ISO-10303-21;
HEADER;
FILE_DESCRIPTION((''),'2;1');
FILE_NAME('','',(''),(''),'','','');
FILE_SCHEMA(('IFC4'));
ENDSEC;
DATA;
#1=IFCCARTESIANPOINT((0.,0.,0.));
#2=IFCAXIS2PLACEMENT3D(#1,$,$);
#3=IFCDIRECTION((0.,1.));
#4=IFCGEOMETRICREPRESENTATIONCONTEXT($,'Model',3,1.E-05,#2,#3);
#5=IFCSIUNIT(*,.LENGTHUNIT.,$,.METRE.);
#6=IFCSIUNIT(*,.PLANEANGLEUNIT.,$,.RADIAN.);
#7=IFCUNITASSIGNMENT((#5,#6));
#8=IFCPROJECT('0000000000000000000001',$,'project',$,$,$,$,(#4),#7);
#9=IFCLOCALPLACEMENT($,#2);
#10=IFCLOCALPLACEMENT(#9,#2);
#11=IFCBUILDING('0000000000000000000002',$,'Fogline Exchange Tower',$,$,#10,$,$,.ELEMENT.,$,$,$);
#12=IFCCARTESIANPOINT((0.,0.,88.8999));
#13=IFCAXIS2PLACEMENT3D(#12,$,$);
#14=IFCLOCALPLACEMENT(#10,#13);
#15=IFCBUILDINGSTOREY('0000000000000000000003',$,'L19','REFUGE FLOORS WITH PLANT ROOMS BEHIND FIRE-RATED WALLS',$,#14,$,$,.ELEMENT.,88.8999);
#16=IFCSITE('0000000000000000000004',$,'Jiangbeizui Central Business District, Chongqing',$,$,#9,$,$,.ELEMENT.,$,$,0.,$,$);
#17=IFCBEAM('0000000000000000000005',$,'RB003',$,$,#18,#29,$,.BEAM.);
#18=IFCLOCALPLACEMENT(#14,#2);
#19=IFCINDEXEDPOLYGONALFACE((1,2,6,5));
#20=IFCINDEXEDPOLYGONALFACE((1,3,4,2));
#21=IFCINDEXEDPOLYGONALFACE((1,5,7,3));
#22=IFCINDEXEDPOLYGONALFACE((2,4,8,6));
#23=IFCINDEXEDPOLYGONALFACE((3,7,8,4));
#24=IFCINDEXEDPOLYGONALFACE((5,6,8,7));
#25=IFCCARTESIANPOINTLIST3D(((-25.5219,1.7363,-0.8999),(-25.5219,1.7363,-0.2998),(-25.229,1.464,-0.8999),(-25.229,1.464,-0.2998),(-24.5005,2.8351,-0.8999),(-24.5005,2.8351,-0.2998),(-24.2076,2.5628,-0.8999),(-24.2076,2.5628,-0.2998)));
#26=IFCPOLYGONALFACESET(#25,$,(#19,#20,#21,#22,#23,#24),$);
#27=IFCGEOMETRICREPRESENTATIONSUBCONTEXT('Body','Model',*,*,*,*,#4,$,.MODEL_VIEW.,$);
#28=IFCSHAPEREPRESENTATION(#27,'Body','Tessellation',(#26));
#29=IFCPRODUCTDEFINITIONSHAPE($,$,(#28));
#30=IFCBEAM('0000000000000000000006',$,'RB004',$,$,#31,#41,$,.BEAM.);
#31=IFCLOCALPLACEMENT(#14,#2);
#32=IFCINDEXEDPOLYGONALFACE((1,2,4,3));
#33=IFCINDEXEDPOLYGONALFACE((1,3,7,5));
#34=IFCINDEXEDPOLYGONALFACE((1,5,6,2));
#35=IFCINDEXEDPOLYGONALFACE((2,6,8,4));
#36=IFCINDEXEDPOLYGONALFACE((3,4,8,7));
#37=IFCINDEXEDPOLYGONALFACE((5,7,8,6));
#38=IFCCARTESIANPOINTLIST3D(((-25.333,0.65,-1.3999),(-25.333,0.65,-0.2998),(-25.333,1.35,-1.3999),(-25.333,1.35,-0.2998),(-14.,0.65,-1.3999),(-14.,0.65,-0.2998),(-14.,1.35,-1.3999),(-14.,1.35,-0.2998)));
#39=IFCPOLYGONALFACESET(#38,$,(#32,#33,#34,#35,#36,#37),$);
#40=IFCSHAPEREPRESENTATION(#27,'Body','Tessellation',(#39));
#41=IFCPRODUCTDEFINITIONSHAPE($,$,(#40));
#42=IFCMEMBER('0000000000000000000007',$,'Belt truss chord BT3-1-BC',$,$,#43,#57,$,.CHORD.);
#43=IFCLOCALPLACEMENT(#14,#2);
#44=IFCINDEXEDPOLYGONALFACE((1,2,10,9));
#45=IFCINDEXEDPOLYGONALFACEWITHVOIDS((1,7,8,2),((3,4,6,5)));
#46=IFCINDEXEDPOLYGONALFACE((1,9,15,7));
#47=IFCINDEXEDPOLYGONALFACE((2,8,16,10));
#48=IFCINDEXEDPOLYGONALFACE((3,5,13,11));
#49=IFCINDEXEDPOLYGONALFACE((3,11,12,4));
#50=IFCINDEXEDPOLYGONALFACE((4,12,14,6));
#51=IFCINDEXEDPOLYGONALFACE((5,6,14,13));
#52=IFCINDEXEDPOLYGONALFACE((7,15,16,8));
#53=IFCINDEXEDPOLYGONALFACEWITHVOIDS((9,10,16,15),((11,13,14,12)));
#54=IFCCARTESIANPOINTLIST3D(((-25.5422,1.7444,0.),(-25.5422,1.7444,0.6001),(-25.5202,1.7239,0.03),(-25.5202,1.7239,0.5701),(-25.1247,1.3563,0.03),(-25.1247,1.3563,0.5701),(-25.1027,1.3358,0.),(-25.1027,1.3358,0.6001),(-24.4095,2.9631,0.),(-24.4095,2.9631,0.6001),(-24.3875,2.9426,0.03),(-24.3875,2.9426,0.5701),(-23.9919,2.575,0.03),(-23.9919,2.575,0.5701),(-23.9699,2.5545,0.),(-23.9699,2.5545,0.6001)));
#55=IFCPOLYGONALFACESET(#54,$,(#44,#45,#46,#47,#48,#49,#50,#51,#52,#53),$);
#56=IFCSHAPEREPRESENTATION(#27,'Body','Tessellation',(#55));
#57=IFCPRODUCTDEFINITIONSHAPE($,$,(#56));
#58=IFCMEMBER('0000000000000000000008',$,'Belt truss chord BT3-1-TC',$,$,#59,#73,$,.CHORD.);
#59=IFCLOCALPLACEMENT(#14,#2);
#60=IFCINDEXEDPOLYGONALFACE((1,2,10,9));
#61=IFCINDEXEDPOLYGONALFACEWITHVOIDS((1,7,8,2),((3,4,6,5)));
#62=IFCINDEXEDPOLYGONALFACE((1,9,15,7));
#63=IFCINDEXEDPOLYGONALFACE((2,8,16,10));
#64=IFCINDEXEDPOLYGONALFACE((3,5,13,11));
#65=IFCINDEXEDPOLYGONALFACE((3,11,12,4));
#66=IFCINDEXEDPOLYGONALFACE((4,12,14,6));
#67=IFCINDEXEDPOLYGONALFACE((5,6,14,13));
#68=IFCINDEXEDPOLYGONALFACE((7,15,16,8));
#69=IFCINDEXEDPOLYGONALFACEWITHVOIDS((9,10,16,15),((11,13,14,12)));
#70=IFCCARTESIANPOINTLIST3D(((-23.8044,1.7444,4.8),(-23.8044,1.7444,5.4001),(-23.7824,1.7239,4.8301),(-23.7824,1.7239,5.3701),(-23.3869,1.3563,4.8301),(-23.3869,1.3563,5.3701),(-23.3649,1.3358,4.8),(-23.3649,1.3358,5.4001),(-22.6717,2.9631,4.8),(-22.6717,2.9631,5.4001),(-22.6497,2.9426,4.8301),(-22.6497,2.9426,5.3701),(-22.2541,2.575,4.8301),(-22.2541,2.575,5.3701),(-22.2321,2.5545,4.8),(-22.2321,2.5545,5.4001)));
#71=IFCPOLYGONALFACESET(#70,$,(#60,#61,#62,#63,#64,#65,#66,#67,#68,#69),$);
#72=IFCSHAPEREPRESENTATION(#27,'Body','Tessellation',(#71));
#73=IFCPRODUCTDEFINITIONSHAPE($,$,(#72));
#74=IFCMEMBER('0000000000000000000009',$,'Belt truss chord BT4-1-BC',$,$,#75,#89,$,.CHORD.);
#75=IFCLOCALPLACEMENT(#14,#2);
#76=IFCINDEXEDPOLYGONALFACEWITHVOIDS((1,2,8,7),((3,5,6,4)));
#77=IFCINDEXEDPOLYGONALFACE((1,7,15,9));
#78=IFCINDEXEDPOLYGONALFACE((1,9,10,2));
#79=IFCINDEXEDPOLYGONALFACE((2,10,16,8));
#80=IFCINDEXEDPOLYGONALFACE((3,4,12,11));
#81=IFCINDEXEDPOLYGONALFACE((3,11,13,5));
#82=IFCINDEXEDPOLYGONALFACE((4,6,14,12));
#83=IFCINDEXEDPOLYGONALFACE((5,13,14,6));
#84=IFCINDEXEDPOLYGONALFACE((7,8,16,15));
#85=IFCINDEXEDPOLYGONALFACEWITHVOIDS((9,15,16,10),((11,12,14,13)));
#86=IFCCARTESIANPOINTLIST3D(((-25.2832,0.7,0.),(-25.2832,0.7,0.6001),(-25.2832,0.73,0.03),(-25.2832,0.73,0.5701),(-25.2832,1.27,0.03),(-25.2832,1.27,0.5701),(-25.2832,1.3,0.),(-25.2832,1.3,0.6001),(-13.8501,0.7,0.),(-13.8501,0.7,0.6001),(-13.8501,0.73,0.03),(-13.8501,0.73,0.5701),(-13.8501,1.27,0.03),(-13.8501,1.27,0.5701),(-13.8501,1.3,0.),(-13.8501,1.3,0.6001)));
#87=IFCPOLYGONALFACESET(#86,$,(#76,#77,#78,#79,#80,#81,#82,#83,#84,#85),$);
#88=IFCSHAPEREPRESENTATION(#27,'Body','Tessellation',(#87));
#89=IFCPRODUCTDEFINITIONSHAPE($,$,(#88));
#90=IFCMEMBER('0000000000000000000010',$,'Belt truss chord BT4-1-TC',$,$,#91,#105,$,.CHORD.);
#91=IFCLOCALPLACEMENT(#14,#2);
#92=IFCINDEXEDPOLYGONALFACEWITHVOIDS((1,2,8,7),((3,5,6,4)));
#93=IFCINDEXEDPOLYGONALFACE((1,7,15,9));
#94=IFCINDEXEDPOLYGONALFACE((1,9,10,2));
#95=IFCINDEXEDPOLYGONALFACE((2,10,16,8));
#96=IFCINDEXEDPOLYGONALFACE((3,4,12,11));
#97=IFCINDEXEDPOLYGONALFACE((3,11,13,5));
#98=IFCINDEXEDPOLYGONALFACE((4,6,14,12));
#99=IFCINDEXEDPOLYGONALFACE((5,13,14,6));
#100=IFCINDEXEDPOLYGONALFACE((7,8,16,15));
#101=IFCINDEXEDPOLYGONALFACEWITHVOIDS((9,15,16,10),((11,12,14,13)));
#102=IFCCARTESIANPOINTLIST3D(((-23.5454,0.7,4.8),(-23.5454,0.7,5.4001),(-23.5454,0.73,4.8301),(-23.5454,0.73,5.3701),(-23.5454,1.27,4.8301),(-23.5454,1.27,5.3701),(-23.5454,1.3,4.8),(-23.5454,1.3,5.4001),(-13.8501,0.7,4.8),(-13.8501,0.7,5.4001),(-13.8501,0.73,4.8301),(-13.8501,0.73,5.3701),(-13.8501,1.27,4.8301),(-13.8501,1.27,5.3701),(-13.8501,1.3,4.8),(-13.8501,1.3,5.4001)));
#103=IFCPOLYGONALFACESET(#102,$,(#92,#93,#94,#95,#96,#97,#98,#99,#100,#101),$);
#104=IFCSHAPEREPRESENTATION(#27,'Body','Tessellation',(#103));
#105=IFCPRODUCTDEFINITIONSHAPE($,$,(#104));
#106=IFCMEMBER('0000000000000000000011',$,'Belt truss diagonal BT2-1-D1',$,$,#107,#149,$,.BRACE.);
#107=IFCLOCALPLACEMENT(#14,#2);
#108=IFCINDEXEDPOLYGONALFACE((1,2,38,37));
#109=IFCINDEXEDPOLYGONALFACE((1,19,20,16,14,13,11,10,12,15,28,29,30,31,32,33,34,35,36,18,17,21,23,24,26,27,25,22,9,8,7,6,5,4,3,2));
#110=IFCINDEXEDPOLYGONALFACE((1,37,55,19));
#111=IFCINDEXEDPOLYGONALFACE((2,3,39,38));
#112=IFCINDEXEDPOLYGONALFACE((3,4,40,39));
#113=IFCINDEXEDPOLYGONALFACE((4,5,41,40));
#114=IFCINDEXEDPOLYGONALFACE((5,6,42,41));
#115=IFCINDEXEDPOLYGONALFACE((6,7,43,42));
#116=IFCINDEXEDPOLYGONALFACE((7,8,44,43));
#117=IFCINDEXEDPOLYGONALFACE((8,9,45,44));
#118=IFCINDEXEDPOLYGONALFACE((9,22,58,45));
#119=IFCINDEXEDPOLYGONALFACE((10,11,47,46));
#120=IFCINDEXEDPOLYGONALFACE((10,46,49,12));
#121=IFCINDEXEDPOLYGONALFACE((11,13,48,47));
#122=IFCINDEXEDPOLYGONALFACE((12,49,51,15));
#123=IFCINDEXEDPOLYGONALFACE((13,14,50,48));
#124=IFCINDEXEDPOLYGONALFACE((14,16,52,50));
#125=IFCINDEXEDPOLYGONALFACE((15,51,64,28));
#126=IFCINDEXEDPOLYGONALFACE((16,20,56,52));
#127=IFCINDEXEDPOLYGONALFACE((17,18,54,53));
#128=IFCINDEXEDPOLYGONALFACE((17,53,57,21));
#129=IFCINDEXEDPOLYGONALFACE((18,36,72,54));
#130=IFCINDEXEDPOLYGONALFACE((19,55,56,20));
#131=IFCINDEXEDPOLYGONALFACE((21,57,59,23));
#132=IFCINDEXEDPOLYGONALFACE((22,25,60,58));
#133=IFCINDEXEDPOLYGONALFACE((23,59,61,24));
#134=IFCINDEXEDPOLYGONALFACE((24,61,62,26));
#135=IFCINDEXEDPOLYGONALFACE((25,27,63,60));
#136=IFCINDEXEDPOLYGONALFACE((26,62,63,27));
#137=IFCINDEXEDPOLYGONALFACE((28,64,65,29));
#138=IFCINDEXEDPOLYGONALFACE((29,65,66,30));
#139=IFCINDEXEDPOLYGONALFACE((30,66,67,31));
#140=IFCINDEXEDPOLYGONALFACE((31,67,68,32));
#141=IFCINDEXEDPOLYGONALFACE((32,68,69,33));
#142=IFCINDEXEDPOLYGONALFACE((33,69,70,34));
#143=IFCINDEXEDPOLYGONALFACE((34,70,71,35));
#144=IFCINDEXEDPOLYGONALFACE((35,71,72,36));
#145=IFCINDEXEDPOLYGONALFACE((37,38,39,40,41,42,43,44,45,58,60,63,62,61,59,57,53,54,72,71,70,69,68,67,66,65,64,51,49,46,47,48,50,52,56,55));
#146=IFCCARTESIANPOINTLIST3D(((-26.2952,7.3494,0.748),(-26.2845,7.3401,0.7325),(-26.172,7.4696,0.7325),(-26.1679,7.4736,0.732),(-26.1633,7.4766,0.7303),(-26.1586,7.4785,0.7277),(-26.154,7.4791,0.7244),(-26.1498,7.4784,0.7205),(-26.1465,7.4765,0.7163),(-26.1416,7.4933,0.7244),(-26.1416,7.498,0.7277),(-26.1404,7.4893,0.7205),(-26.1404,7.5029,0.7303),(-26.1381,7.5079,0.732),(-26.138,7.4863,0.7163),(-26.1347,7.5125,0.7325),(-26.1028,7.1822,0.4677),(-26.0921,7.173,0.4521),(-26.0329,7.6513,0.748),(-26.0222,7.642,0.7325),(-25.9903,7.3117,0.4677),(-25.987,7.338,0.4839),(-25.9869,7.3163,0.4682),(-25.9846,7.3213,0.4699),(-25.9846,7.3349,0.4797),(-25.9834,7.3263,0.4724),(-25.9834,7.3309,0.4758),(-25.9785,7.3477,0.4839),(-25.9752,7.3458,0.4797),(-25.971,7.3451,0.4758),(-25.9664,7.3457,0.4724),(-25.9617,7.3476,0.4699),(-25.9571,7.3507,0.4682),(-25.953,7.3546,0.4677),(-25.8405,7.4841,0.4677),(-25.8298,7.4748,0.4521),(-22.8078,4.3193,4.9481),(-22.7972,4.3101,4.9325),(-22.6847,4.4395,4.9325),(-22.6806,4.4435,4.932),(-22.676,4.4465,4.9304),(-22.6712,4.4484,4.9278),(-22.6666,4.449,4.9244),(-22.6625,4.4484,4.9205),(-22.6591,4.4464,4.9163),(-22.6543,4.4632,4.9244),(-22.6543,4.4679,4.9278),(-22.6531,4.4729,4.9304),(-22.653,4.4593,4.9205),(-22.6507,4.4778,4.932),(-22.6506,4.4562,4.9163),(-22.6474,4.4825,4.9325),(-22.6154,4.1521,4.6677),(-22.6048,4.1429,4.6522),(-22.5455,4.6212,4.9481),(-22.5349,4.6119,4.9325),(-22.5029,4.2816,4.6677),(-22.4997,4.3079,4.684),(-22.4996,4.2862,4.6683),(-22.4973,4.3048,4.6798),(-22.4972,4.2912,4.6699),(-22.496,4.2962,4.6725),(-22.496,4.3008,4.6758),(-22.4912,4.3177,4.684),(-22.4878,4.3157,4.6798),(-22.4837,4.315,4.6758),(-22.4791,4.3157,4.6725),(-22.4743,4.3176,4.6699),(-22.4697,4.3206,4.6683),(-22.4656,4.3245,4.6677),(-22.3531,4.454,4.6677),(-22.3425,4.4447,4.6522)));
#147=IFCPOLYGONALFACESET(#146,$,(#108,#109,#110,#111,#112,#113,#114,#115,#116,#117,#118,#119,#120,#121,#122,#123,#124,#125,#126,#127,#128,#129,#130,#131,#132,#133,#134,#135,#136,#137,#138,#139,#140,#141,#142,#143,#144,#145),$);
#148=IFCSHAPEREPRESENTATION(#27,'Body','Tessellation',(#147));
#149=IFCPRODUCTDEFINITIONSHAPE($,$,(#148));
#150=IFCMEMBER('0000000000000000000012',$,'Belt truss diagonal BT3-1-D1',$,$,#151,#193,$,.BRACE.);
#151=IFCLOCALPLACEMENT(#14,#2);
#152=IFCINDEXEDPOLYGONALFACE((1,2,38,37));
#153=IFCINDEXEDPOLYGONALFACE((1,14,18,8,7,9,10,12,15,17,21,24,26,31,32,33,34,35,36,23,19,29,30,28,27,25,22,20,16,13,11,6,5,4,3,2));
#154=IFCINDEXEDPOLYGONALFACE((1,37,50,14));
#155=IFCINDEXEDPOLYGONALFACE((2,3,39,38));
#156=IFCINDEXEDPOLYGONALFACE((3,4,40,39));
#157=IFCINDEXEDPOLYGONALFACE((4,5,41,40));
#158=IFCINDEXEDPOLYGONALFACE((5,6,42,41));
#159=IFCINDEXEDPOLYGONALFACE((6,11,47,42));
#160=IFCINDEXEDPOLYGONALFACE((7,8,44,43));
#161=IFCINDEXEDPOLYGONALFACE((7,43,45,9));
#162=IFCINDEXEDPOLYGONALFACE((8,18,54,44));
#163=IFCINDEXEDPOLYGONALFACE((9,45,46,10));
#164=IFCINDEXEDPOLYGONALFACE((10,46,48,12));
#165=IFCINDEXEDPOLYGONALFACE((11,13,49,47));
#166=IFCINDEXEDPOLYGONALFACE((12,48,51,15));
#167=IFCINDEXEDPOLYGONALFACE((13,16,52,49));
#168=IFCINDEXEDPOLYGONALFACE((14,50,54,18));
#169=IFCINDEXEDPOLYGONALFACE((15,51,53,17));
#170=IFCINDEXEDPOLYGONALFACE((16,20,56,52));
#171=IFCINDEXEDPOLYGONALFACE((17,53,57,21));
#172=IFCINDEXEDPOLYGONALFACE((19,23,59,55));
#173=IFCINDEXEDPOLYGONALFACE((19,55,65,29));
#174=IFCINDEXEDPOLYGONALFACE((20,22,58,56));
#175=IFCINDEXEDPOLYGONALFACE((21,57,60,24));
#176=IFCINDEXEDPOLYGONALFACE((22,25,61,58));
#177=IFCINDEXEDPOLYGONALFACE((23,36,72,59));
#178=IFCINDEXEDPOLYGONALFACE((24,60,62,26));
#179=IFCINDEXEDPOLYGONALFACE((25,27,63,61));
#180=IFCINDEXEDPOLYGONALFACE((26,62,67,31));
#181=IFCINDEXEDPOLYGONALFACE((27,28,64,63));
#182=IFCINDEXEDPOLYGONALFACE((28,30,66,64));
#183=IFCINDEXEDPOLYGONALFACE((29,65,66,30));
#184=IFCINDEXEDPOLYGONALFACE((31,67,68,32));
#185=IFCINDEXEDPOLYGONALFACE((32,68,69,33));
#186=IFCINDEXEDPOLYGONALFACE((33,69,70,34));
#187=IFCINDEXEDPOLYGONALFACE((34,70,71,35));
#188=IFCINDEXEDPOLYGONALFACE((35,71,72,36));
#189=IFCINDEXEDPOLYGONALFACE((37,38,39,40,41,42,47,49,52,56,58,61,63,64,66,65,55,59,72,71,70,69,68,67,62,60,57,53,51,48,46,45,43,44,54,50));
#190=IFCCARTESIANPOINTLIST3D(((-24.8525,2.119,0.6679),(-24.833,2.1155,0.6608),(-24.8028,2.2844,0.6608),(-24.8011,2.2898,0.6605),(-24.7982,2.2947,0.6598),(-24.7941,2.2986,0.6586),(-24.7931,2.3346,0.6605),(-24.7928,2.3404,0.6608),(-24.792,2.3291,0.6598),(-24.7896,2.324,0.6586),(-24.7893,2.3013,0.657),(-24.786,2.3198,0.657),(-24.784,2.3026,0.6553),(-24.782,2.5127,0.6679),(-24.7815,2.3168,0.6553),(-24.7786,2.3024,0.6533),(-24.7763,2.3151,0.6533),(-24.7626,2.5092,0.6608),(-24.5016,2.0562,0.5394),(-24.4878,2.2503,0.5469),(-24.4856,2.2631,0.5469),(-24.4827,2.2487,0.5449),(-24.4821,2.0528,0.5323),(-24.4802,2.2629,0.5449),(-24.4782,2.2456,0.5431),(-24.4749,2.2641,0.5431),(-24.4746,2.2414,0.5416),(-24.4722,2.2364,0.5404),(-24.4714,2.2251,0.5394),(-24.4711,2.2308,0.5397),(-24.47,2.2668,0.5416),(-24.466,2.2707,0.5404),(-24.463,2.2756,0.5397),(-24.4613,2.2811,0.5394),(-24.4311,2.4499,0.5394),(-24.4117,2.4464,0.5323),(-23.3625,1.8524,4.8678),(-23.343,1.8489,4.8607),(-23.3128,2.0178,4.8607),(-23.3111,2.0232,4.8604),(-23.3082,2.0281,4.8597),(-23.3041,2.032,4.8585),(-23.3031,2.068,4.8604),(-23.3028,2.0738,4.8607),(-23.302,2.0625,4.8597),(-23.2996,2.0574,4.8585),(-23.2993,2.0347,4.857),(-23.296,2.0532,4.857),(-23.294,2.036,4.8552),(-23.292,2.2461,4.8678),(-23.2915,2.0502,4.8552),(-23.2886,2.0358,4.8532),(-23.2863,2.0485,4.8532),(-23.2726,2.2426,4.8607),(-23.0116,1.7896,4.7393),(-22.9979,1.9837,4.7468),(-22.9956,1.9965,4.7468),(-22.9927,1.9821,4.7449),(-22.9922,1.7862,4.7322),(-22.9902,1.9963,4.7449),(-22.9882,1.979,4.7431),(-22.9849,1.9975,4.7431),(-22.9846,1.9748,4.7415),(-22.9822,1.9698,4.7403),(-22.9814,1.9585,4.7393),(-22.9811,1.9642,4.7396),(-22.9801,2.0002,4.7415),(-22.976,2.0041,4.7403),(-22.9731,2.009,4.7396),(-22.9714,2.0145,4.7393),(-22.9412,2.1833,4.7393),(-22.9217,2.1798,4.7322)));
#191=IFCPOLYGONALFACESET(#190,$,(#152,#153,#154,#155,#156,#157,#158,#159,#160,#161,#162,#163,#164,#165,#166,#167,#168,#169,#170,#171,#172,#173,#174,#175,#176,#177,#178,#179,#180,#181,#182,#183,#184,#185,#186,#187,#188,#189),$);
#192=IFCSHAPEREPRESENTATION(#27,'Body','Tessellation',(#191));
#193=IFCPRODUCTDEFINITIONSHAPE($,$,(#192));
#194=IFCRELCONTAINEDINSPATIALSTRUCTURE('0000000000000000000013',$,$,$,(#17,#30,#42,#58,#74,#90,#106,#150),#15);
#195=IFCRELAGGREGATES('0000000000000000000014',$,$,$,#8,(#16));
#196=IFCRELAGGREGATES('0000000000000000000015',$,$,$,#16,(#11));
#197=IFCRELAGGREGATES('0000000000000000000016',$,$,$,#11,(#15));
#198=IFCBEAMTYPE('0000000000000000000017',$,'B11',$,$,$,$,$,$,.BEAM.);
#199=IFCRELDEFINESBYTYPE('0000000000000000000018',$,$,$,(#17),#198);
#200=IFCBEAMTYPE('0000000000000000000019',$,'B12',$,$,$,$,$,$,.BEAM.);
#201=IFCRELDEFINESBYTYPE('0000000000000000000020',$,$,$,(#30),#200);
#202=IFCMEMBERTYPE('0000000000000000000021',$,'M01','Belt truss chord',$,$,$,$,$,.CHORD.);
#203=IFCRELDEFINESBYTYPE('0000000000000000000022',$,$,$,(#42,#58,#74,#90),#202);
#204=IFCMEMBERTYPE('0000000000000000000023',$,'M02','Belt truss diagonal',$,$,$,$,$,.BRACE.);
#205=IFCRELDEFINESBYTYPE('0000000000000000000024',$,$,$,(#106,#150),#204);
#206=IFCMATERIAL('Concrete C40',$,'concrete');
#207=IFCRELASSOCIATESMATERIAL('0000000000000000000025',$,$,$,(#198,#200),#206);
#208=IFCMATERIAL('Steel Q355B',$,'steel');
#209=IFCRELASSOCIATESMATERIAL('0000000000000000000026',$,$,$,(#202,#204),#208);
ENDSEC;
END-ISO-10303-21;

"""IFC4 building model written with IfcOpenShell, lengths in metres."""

from ifc_helpers import new_model, si_unit, direction, frame, origin, origin_2d, place, context, subcontext, project, spatial, rectangle, hollow_rectangle, i_section, extrude, material, material_profile, profile_set, type_object, element, save


model = new_model("IFC4")

# Units and contexts
model_context = context("Model", 3, precision=1e-05, world=origin(), true_north=direction((0.0, 1.0)))
body_context = subcontext(model_context, "Body", "Model", "MODEL_VIEW")
ifc_project = project(units=[si_unit("LENGTHUNIT", "METRE"), si_unit("PLANEANGLEUNIT", "RADIAN")], contexts=[model_context])

# Site, building, storey
site_placement = place(None, origin())
site = spatial("IfcSite", under=ifc_project, at=site_placement, Name="Jiangbeizui Central Business District, Chongqing", CompositionType="ELEMENT", RefElevation=0.0)
building_placement = place(site_placement, origin())
building = spatial("IfcBuilding", under=site, at=building_placement, Name="Fogline Exchange Tower", CompositionType="ELEMENT")
storey_placement = place(building_placement, frame((0.0, 0.0, 88.8999)))
storey = spatial("IfcBuildingStorey", under=building, at=storey_placement, Name="L19", Description="REFUGE FLOORS WITH PLANT ROOMS BEHIND FIRE-RATED WALLS", CompositionType="ELEMENT", Elevation=88.8999)

# Beams
ifc_material_1 = material(Name="Concrete C40", Category="concrete")
ifc_material_profile_1 = material_profile(ifc_material_1, rectangle(XDim=0.3999, YDim=0.6001, at=origin_2d()), Name="RC 400x600")
ifc_profile_set_1 = profile_set([ifc_material_profile_1], Name="Concrete C40")
beam_type_1 = type_object("IfcBeamType", Name="B11", PredefinedType="BEAM", material=ifc_profile_set_1)
beam_1_placement = place(storey_placement, frame((-24.354, 2.699, -0.5999), z_axis=(-0.680844, -0.732428, 0.0), x_axis=(0.732428, -0.680844, 0.0)))
element("IfcBeam", 1, at=beam_1_placement, inside=storey, type_object=beam_type_1, Name="RB003", PredefinedType="BEAM", context=body_context, shape_type="SweptSolid", body=[
    extrude(rectangle(XDim=0.3999, YDim=0.6001, at=origin_2d()), origin(), (0.0, 0.0, 1.0), 1.5002),
])
ifc_material_profile_2 = material_profile(ifc_material_1, rectangle(XDim=0.7, YDim=1.1001, at=origin_2d()), Name="RC 700x1100")
ifc_profile_set_2 = profile_set([ifc_material_profile_2], Name="Concrete C40")
beam_type_2 = type_object("IfcBeamType", Name="B12", PredefinedType="BEAM", material=ifc_profile_set_2)
beam_2_placement = place(storey_placement, frame((-25.333, 1.0, -0.8499), z_axis=(1.0, 0.0, 0.0), x_axis=(0.0, 1.0, 0.0)))
element("IfcBeam", 2, at=beam_2_placement, inside=storey, type_object=beam_type_2, Name="RB004", PredefinedType="BEAM", context=body_context, shape_type="SweptSolid", body=[
    extrude(rectangle(XDim=0.7, YDim=1.1001, at=origin_2d()), origin(), (0.0, 0.0, 1.0), 11.333),
])

# Members
ifc_material_2 = material(Name="Steel Q355B", Category="steel")
ifc_material_profile_3 = material_profile(ifc_material_2, hollow_rectangle(XDim=0.6001, YDim=0.6001, WallThickness=0.03, at=origin_2d()), Name="BOX600X600X30")
ifc_profile_set_3 = profile_set([ifc_material_profile_3], Name="Steel Q355B")
member_type_1 = type_object("IfcMemberType", Name="M01", Description="Belt truss chord", PredefinedType="CHORD", material=ifc_profile_set_3)
for number, where, z_axis, x_axis, name in (
    (3, (-24.1897, 2.7588, 0.3), (-0.680811, -0.732459, 0.0), (0.732459, -0.680811, 0.0), "Belt truss chord BT3-1-BC"),
    (4, (-22.4519, 2.7588, 5.1001), (-0.680811, -0.732459, 0.0), (0.732459, -0.680811, 0.0), "Belt truss chord BT3-1-TC"),
):
    element("IfcMember", number, at=place(storey_placement, frame(where, z_axis=z_axis, x_axis=x_axis)), inside=storey, type_object=member_type_1, Name=name, PredefinedType="CHORD", context=body_context, shape_type="SweptSolid", body=[
        extrude(hollow_rectangle(XDim=0.6001, YDim=0.6001, WallThickness=0.03, at=origin_2d()), origin(), (0.0, 0.0, 1.0), 1.6638),
    ])
member_1_placement = place(storey_placement, frame((-25.2832, 1.0, 0.3), z_axis=(1.0, 0.0, 0.0), x_axis=(0.0, 1.0, 0.0)))
element("IfcMember", 5, at=member_1_placement, inside=storey, type_object=member_type_1, Name="Belt truss chord BT4-1-BC", PredefinedType="CHORD", context=body_context, shape_type="SweptSolid", body=[
    extrude(hollow_rectangle(XDim=0.6001, YDim=0.6001, WallThickness=0.03, at=origin_2d()), origin(), (0.0, 0.0, 1.0), 11.4331),
])
member_2_placement = place(storey_placement, frame((-23.5454, 1.0, 5.1001), z_axis=(1.0, 0.0, 0.0), x_axis=(0.0, 1.0, 0.0)))
element("IfcMember", 6, at=member_2_placement, inside=storey, type_object=member_type_1, Name="Belt truss chord BT4-1-TC", PredefinedType="CHORD", context=body_context, shape_type="SweptSolid", body=[
    extrude(hollow_rectangle(XDim=0.6001, YDim=0.6001, WallThickness=0.03, at=origin_2d()), origin(), (0.0, 0.0, 1.0), 9.6953),
])
ifc_material_profile_4 = material_profile(ifc_material_2, i_section(OverallWidth=0.3999, OverallDepth=0.3999, WebThickness=0.0129, FlangeThickness=0.021, FilletRadius=0.022, at=origin_2d()), Name="HW400X400X13X21")
ifc_profile_set_4 = profile_set([ifc_material_profile_4], Name="Steel Q355B")
member_type_2 = type_object("IfcMemberType", Name="M02", Description="Belt truss diagonal", PredefinedType="BRACE", material=ifc_profile_set_4)
member_3_placement = place(storey_placement, frame((-26.0625, 7.4121, 0.6001), z_axis=(0.558545, -0.485305, 0.672686), x_axis=(0.655882, 0.754864, 0.0)))
element("IfcMember", 7, at=member_3_placement, inside=storey, type_object=member_type_2, Name="Belt truss diagonal BT2-1-D1", PredefinedType="BRACE", context=body_context, shape_type="SweptSolid", body=[
    extrude(i_section(OverallWidth=0.3999, OverallDepth=0.3999, WebThickness=0.0129, FlangeThickness=0.021, FilletRadius=0.022, at=origin_2d()), origin(), (0.0, 0.0, 1.0), 6.2437),
])
member_4_placement = place(storey_placement, frame((-24.6321, 2.2827, 0.6001), z_axis=(0.33375, -0.059717, 0.940768), x_axis=(0.176131, 0.984367, 0.0)))
element("IfcMember", 8, at=member_4_placement, inside=storey, type_object=member_type_2, Name="Belt truss diagonal BT3-1-D1", PredefinedType="BRACE", context=body_context, shape_type="SweptSolid", body=[
    extrude(i_section(OverallWidth=0.3999, OverallDepth=0.3999, WebThickness=0.0129, FlangeThickness=0.021, FilletRadius=0.022, at=origin_2d()), origin(), (0.0, 0.0, 1.0), 4.4644),
])

save(model, "model.ifc")
